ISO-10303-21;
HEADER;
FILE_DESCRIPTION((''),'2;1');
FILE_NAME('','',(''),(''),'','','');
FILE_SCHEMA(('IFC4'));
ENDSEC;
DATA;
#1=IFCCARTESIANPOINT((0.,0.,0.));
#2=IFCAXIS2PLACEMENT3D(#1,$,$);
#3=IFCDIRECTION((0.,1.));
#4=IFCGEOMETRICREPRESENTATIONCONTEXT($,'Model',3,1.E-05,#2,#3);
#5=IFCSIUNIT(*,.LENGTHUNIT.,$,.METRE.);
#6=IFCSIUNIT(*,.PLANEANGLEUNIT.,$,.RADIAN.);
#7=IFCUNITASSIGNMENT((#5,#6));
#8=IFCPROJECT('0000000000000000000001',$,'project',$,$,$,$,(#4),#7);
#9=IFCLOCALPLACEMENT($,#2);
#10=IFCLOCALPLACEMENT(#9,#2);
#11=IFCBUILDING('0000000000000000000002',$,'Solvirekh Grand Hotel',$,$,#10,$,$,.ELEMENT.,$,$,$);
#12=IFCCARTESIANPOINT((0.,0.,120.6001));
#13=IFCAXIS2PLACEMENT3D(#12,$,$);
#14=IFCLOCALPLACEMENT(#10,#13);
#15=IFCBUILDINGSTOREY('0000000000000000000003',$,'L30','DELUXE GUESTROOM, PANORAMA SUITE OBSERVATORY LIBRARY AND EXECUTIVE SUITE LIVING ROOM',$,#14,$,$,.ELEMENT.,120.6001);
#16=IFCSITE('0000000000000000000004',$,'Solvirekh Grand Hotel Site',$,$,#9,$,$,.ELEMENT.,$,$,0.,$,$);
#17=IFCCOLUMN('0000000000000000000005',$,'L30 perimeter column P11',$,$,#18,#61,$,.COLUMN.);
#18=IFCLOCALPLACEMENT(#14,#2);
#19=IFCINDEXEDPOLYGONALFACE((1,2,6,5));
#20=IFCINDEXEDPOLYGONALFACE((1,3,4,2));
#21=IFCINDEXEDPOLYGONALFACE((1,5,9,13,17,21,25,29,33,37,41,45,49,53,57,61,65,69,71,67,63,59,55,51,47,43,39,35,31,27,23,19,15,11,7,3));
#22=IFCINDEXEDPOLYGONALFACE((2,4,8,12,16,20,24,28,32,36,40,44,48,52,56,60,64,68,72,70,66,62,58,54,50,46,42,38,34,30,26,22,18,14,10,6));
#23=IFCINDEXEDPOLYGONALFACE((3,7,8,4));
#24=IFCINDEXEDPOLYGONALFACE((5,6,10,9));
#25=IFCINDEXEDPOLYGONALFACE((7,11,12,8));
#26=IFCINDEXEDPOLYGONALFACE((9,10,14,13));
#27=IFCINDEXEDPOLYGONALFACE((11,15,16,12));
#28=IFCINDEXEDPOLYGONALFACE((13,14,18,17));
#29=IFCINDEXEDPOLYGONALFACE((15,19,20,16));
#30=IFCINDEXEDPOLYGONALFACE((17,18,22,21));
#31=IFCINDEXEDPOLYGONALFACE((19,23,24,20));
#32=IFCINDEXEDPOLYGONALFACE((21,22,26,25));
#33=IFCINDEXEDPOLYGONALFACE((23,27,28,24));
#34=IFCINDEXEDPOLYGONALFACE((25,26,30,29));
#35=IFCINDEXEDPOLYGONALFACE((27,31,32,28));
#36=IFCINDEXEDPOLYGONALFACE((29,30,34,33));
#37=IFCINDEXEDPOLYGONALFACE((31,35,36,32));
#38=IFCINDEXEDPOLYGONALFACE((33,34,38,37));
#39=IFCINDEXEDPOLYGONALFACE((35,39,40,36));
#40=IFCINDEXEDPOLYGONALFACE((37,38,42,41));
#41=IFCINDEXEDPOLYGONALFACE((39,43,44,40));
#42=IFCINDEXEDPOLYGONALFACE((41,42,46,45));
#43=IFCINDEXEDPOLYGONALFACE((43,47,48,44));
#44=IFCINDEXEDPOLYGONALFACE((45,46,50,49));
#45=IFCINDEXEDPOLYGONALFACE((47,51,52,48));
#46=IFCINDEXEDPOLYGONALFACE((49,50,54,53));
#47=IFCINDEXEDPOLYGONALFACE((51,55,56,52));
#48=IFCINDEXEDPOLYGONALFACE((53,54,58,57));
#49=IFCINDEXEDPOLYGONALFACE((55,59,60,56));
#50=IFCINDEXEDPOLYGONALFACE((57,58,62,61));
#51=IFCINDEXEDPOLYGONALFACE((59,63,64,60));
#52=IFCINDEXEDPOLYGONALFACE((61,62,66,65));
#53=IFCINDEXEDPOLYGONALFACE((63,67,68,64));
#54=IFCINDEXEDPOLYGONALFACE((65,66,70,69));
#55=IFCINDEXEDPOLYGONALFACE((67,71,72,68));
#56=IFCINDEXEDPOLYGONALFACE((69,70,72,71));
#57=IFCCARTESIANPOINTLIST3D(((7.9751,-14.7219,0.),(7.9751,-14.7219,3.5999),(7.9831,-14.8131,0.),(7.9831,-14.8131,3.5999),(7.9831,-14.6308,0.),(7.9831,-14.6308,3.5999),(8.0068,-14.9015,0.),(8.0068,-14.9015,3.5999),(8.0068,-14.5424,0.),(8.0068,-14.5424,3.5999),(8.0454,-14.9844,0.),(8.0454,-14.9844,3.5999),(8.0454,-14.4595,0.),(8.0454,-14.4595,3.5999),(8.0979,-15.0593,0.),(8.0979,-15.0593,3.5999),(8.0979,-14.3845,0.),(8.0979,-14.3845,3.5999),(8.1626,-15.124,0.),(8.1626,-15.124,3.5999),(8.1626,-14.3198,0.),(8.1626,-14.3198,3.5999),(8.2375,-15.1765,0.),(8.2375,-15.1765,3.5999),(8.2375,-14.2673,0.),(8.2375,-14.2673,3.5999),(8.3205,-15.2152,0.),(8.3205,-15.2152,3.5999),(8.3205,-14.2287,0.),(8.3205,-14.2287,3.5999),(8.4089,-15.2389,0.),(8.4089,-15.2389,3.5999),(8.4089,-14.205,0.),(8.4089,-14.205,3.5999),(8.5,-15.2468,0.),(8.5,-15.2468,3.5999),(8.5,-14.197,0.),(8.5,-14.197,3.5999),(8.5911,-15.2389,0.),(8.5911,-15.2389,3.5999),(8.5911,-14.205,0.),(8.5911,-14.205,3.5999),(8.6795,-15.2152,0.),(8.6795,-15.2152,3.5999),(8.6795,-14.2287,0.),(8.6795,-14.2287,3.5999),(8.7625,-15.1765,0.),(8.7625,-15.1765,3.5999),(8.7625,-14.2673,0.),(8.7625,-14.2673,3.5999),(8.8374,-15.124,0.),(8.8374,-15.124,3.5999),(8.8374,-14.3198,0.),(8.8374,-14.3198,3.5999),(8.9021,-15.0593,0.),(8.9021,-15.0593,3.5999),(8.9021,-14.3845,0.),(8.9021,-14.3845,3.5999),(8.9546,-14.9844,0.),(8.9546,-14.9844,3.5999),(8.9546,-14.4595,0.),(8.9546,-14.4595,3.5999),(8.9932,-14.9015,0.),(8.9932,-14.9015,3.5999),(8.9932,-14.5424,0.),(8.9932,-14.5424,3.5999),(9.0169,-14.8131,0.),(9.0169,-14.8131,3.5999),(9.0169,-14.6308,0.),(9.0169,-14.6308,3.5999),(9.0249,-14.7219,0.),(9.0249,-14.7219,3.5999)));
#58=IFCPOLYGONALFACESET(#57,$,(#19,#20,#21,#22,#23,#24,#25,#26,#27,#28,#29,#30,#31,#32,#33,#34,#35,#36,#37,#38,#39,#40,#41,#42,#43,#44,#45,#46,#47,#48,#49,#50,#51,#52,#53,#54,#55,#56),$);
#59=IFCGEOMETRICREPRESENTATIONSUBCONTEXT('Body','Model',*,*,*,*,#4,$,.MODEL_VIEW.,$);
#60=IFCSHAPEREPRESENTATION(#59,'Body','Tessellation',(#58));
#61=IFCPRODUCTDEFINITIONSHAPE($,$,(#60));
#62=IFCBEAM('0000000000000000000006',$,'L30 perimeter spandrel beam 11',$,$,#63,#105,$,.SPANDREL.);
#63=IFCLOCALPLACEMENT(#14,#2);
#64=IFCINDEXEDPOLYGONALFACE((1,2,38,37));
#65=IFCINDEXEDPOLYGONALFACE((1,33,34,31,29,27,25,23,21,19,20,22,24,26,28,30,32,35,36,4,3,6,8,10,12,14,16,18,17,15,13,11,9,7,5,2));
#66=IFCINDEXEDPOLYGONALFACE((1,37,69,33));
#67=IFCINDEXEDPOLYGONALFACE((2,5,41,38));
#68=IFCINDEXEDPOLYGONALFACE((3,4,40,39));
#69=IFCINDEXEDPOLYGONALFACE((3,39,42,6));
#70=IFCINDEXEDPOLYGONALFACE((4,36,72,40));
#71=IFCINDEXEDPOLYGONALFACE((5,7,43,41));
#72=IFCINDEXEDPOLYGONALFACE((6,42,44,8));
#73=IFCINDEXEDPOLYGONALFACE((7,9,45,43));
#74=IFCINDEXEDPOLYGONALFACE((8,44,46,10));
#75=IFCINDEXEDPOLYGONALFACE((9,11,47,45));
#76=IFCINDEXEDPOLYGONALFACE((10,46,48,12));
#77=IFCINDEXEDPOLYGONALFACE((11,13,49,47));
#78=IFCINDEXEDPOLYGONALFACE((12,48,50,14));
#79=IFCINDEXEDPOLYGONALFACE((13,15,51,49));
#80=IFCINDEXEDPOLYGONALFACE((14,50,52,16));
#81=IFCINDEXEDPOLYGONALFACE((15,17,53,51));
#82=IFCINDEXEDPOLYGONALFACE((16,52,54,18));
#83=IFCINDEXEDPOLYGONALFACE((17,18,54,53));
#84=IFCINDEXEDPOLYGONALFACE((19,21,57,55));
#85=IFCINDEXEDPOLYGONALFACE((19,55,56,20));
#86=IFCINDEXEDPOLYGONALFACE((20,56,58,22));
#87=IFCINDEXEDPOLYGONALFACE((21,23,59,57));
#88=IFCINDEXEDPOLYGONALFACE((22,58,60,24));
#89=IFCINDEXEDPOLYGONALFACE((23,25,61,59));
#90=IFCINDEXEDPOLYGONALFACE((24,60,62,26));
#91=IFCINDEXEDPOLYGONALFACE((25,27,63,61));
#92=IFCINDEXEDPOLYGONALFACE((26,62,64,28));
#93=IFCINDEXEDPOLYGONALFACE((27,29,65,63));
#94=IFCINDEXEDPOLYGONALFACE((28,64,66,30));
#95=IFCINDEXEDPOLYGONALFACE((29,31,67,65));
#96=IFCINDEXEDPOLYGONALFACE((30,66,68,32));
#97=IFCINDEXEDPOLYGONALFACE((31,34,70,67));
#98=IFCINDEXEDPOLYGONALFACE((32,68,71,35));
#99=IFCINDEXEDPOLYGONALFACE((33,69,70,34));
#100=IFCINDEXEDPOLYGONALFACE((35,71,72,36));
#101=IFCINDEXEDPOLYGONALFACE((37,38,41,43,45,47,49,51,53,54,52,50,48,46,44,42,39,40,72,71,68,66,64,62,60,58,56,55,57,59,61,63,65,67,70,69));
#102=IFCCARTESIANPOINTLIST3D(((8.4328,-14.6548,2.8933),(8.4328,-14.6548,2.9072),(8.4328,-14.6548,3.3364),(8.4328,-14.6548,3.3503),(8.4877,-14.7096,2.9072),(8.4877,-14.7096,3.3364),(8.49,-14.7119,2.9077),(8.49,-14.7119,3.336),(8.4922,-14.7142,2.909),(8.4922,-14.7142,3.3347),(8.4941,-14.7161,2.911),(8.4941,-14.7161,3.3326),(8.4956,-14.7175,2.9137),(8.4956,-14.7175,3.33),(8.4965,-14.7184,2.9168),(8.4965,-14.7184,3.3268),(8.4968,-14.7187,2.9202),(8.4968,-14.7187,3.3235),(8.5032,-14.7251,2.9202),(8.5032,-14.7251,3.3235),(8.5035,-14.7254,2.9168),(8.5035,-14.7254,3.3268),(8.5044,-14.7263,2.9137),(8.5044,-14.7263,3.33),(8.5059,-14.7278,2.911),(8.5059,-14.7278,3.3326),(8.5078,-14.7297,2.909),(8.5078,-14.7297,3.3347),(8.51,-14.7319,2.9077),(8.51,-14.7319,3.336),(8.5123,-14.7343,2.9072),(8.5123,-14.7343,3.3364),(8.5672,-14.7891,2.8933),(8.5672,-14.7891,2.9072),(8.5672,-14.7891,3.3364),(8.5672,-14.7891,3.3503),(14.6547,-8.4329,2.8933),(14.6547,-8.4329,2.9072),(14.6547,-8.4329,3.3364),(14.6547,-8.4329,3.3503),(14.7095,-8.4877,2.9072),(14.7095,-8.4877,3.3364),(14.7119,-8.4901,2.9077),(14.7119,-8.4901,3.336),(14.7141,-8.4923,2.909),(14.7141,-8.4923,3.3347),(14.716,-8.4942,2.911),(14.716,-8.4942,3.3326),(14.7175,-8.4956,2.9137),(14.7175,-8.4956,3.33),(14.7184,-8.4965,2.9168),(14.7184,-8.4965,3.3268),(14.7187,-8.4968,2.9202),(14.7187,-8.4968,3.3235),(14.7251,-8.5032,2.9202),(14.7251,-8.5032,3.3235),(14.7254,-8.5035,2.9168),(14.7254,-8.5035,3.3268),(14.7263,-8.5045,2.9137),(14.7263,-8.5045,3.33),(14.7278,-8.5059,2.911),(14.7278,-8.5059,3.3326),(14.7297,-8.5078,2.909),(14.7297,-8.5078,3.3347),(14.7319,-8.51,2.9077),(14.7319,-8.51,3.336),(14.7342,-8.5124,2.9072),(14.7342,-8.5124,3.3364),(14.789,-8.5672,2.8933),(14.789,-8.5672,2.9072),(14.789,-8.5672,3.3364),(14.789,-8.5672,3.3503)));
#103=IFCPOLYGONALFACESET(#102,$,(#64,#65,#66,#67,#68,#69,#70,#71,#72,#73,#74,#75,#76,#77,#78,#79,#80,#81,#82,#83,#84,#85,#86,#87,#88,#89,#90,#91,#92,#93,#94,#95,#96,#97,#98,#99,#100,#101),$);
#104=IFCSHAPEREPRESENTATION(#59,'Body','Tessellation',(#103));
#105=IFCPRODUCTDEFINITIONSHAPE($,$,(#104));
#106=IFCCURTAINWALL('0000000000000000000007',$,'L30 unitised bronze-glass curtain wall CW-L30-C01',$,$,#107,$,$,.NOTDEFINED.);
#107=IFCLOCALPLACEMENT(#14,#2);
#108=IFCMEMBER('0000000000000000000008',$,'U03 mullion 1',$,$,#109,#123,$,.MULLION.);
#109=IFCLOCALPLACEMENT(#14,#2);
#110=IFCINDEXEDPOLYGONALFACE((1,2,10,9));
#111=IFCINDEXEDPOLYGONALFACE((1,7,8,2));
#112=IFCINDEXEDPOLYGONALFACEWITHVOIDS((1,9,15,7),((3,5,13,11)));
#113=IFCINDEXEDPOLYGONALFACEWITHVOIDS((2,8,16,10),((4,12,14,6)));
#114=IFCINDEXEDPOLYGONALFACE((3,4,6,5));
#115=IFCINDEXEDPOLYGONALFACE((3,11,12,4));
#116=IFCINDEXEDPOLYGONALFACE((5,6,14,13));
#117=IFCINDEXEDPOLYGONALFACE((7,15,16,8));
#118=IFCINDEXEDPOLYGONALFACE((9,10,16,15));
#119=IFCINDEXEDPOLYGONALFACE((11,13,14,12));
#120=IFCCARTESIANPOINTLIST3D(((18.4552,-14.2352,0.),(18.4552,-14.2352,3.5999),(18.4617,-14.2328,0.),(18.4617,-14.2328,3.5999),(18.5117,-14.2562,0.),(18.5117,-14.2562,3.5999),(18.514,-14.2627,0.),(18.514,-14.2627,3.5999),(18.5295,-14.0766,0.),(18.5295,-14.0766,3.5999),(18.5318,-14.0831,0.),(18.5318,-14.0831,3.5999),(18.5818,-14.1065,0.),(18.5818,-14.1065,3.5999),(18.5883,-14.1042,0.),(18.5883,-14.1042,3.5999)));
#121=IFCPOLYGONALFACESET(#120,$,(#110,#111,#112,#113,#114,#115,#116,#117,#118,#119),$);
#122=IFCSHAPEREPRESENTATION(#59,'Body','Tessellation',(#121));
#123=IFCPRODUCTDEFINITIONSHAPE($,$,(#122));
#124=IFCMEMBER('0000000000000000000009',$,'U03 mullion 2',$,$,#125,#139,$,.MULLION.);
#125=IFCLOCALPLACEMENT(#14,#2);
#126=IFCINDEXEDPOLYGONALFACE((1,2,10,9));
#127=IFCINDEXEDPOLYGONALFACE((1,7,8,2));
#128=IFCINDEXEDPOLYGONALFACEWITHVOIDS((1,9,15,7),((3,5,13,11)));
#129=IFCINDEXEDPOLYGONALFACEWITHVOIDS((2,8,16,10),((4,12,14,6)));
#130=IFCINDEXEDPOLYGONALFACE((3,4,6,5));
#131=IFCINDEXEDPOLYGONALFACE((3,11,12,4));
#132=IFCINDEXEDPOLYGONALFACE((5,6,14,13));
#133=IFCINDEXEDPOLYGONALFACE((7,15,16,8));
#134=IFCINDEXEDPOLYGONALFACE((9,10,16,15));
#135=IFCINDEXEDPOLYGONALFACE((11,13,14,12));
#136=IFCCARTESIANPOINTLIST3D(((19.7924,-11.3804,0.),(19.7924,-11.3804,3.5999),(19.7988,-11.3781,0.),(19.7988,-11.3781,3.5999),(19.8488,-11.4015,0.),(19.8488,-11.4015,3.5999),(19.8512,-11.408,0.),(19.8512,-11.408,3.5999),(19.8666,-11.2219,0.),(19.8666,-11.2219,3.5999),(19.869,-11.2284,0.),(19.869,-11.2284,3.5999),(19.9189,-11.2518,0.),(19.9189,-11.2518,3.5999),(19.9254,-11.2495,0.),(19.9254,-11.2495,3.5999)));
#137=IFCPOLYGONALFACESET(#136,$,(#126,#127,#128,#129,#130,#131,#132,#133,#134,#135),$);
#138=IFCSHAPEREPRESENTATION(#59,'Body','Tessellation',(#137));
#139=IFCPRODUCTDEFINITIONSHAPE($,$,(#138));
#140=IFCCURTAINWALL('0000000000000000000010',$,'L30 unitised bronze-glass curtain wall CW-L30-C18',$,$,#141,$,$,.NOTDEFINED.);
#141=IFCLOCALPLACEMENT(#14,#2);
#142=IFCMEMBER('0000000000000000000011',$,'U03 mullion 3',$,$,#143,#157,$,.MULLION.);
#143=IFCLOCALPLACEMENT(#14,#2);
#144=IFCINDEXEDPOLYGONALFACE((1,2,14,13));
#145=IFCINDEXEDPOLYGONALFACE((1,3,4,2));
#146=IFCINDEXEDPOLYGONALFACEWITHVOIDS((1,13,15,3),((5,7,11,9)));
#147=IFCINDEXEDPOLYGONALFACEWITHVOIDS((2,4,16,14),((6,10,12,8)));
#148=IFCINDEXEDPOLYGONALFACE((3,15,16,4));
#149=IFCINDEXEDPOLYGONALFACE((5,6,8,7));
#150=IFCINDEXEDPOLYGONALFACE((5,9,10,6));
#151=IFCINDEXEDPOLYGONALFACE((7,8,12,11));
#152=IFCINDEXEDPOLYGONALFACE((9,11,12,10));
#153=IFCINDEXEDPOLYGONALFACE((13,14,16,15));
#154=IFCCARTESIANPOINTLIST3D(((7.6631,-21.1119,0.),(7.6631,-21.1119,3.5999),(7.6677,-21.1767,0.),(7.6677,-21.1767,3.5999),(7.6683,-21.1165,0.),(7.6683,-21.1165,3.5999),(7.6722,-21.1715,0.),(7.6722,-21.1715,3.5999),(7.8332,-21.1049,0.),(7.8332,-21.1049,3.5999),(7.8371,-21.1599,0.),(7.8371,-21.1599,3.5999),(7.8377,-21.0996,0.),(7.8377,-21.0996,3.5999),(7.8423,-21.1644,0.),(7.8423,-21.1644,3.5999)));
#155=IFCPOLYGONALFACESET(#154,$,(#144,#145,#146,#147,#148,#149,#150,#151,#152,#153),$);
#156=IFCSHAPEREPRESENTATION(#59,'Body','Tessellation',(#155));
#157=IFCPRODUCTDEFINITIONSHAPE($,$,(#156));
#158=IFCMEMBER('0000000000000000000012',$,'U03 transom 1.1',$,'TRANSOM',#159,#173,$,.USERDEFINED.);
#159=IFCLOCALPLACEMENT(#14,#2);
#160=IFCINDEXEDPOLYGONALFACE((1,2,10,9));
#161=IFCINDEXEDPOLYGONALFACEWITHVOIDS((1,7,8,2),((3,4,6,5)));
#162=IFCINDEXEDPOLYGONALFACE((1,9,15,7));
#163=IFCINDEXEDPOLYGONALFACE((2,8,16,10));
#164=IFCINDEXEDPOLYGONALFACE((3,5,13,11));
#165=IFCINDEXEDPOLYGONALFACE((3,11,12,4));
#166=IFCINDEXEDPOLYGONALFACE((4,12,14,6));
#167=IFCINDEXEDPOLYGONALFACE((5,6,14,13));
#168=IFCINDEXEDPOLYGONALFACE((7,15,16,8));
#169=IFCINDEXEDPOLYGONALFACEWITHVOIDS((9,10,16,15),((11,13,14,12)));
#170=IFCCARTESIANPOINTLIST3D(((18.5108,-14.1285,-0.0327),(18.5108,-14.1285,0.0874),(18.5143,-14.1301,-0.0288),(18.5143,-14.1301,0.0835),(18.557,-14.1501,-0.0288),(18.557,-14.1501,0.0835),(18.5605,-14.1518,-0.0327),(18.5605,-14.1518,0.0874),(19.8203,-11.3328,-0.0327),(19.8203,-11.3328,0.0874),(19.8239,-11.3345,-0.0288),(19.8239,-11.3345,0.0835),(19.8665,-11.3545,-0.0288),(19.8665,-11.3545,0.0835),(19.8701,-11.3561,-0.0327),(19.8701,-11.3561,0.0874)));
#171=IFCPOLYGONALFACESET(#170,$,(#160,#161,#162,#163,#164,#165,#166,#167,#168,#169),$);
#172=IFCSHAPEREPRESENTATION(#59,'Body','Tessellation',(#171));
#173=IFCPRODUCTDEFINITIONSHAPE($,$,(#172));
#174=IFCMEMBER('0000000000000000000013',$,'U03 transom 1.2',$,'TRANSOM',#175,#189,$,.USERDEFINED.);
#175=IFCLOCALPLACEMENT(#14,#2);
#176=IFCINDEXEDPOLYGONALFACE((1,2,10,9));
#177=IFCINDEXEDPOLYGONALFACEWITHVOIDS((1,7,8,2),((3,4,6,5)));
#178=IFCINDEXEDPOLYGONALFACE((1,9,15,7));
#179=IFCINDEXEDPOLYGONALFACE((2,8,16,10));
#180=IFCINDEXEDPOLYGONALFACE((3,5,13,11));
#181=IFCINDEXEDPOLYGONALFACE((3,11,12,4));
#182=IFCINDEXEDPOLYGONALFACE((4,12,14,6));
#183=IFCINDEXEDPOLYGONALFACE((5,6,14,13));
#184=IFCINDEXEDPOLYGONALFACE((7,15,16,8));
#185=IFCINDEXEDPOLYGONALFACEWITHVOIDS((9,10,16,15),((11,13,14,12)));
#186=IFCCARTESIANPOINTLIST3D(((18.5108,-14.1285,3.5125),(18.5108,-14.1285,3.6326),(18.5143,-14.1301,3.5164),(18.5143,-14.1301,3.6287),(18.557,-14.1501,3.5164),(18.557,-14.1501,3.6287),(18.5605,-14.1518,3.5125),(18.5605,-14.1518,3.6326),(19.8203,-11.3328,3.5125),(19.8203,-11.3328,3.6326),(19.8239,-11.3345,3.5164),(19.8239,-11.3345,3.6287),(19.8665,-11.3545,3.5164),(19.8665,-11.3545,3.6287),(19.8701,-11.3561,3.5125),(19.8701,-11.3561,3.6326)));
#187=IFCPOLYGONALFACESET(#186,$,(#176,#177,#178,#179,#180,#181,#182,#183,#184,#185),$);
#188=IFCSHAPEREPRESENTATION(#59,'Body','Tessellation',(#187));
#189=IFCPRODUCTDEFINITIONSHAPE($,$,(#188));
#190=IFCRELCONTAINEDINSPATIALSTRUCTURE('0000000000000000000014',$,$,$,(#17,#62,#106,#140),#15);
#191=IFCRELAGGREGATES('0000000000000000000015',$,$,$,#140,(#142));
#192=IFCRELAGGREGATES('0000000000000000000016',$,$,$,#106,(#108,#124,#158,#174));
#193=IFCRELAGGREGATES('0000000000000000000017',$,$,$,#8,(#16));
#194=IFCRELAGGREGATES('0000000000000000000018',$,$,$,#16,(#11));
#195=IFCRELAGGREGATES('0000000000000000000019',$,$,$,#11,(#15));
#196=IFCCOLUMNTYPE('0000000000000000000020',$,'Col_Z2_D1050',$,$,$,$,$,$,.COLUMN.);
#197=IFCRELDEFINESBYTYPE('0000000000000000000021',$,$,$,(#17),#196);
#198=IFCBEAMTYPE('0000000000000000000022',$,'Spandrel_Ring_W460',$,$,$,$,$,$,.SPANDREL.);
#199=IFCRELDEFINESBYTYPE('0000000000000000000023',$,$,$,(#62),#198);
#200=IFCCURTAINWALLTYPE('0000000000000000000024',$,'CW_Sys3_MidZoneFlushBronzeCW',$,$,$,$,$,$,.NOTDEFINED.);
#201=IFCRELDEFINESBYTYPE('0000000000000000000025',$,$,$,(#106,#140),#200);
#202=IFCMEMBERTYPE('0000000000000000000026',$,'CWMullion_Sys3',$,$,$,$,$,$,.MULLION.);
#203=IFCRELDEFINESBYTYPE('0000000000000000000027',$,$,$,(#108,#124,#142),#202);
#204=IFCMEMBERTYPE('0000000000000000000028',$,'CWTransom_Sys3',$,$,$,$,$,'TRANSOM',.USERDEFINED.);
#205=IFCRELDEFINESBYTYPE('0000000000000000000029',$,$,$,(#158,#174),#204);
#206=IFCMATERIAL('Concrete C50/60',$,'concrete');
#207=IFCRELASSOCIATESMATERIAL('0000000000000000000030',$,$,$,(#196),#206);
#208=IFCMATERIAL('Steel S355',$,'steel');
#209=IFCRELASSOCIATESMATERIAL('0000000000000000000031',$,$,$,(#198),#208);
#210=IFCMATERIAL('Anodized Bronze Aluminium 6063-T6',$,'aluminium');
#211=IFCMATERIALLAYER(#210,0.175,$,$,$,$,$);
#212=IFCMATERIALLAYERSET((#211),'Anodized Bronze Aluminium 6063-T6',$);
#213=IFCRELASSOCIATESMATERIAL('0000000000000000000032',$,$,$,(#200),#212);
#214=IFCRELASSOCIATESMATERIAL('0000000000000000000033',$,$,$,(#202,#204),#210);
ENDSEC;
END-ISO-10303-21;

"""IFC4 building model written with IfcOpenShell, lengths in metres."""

from ifc_helpers import new_model, si_unit, direction, frame, origin, origin_2d, place, context, subcontext, project, spatial, hollow_rectangle, circle, i_section, extrude, source, transform, mapped, material, layer, layer_set, material_profile, profile_set, type_object, element, aggregate, save


model = new_model("IFC4")

# Units and contexts
model_context = context("Model", 3, precision=1e-05, world=origin(), true_north=direction((0.0, 1.0)))
body_context = subcontext(model_context, "Body", "Model", "MODEL_VIEW")
ifc_project = project(units=[si_unit("LENGTHUNIT", "METRE"), si_unit("PLANEANGLEUNIT", "RADIAN")], contexts=[model_context])

# Site, building, storey
site_placement = place(None, origin())
site = spatial("IfcSite", under=ifc_project, at=site_placement, Name="Solvirekh Grand Hotel Site", CompositionType="ELEMENT", RefElevation=0.0)
building_placement = place(site_placement, origin())
building = spatial("IfcBuilding", under=site, at=building_placement, Name="Solvirekh Grand Hotel", CompositionType="ELEMENT")
storey_placement = place(building_placement, frame((0.0, 0.0, 120.6001)))
storey = spatial("IfcBuildingStorey", under=building, at=storey_placement, Name="L30", Description="DELUXE GUESTROOM, PANORAMA SUITE OBSERVATORY LIBRARY AND EXECUTIVE SUITE LIVING ROOM", CompositionType="ELEMENT", Elevation=120.6001)

# Column
ifc_material_1 = material(Name="Concrete C50/60", Category="concrete")
ifc_material_profile_1 = material_profile(ifc_material_1, circle(Radius=0.5249, at=origin_2d()), Name="RC CIRC D1050")
ifc_profile_set_1 = profile_set([ifc_material_profile_1], Name="Concrete C50/60")
column_type = type_object("IfcColumnType", Name="Col_Z2_D1050", PredefinedType="COLUMN", material=ifc_profile_set_1)
column_placement = place(storey_placement, frame((8.5, -14.7219, 0.0), z_axis=(0.0, 0.0, 1.0), x_axis=(1.0, 0.0, 0.0)))
element("IfcColumn", 1, at=column_placement, inside=storey, type_object=column_type, Name="L30 perimeter column P11", PredefinedType="COLUMN", context=body_context, shape_type="SweptSolid", body=[
    extrude(circle(Radius=0.5249, at=origin_2d()), origin(), (0.0, 0.0, 1.0), 3.5999),
])

# Beam
ifc_material_2 = material(Name="Steel S355", Category="steel")
ifc_material_profile_2 = material_profile(ifc_material_2, i_section(OverallWidth=0.1899, OverallDepth=0.457, WebThickness=0.009, FlangeThickness=0.0139, FilletRadius=0.0129, at=origin_2d()), Name="W460X74")
ifc_profile_set_2 = profile_set([ifc_material_profile_2], Name="Steel S355")
beam_type = type_object("IfcBeamType", Name="Spandrel_Ring_W460", PredefinedType="SPANDREL", material=ifc_profile_set_2)
beam_placement = place(storey_placement, frame((8.5, -14.7219, 3.1218), z_axis=(0.707107, 0.707107, 0.0), x_axis=(-0.707107, 0.707107, 0.0)))
element("IfcBeam", 2, at=beam_placement, inside=storey, type_object=beam_type, Name="L30 perimeter spandrel beam 11", PredefinedType="SPANDREL", context=body_context, shape_type="SweptSolid", body=[
    extrude(i_section(OverallWidth=0.1899, OverallDepth=0.457, WebThickness=0.009, FlangeThickness=0.0139, FilletRadius=0.0129, at=origin_2d()), origin(), (0.0, 0.0, 1.0), 8.7991),
])

# Curtain wall, members
ifc_material_3 = material(Name="Anodized Bronze Aluminium 6063-T6", Category="aluminium")
ifc_layer_1 = layer(ifc_material_3, 0.175)
ifc_layer_set_1 = layer_set([ifc_layer_1], Name="Anodized Bronze Aluminium 6063-T6")
curtain_wall_type = type_object("IfcCurtainWallType", Name="CW_Sys3_MidZoneFlushBronzeCW", PredefinedType="NOTDEFINED", material=ifc_layer_set_1)
curtain_wall_1_placement = place(storey_placement, origin())
curtain_wall_1 = element("IfcCurtainWall", 3, at=curtain_wall_1_placement, inside=storey, type_object=curtain_wall_type, Name="L30 unitised bronze-glass curtain wall CW-L30-C01", PredefinedType="NOTDEFINED")
ifc_material_profile_3 = material_profile(ifc_material_3, hollow_rectangle(XDim=0.0649, YDim=0.175, WallThickness=0.0049, at=origin_2d()), Name="ALU RHS 175X65X5")
ifc_profile_set_3 = profile_set([ifc_material_profile_3], Name="Anodized Bronze Aluminium 6063-T6")
member_type_1 = type_object("IfcMemberType", Name="CWMullion_Sys3", PredefinedType="MULLION", material=ifc_profile_set_3)
shared_shape_1 = source(origin(), body_context, "Body", "SweptSolid", [
    extrude(hollow_rectangle(XDim=0.0649, YDim=0.175, WallThickness=0.0049, at=origin_2d()), origin(), (0.0, 0.0, 1.0), 3.5999),
])
member_1_placement = place(storey_placement, frame((18.5217, -14.1697, 0.0), z_axis=(0.0, 0.0, 1.0), x_axis=(-0.905564, 0.424209, 0.0)))
member_1 = element("IfcMember", 4, at=member_1_placement, type_object=member_type_1, Name="U03 mullion 1", PredefinedType="MULLION", context=body_context, shape_type="MappedRepresentation", body=[
    mapped(shared_shape_1, transform((0.0, 0.0, 0.0), x_axis=(1.0, 0.0, 0.0), y_axis=(0.0, 1.0, 0.0), z_axis=(0.0, 0.0, 1.0), scale=1.0)),
])
member_2_placement = place(storey_placement, frame((19.8589, -11.3149, 0.0), z_axis=(0.0, 0.0, 1.0), x_axis=(-0.905564, 0.424209, 0.0)))
member_2 = element("IfcMember", 5, at=member_2_placement, type_object=member_type_1, Name="U03 mullion 2", PredefinedType="MULLION", context=body_context, shape_type="MappedRepresentation", body=[
    mapped(shared_shape_1, transform((0.0, 0.0, 0.0), x_axis=(1.0, 0.0, 0.0), y_axis=(0.0, 1.0, 0.0), z_axis=(0.0, 0.0, 1.0), scale=1.0)),
])

# Curtain wall, member
curtain_wall_2_placement = place(storey_placement, origin())
curtain_wall_2 = element("IfcCurtainWall", 6, at=curtain_wall_2_placement, inside=storey, type_object=curtain_wall_type, Name="L30 unitised bronze-glass curtain wall CW-L30-C18", PredefinedType="NOTDEFINED")
member_3_placement = place(storey_placement, frame((7.7527, -21.1382, 0.0), z_axis=(0.0, 0.0, 1.0), x_axis=(-0.070251, 0.997529, 0.0)))
member_3 = element("IfcMember", 7, at=member_3_placement, type_object=member_type_1, Name="U03 mullion 3", PredefinedType="MULLION", context=body_context, shape_type="MappedRepresentation", body=[
    mapped(shared_shape_1, transform((0.0, 0.0, 0.0), x_axis=(1.0, 0.0, 0.0), y_axis=(0.0, 1.0, 0.0), z_axis=(0.0, 0.0, 1.0), scale=1.0)),
])
aggregate(curtain_wall_2, [member_3])

# Members
ifc_material_profile_4 = material_profile(ifc_material_3, hollow_rectangle(XDim=0.0549, YDim=0.1201, WallThickness=0.0039, at=origin_2d()), Name="ALU RHS 120X55X4")
ifc_profile_set_4 = profile_set([ifc_material_profile_4], Name="Anodized Bronze Aluminium 6063-T6")
member_type_2 = type_object("IfcMemberType", Name="CWTransom_Sys3", ElementType="TRANSOM", PredefinedType="USERDEFINED", material=ifc_profile_set_4)
shared_shape_2 = source(origin(), body_context, "Body", "SweptSolid", [
    extrude(hollow_rectangle(XDim=0.0549, YDim=0.1201, WallThickness=0.0039, at=origin_2d()), origin(), (0.0, 0.0, 1.0), 3.0872),
])
member_4_placement = place(storey_placement, frame((18.5356, -14.1401, 0.0273), z_axis=(0.424197, 0.90557, 0.0), x_axis=(-0.90557, 0.424197, 0.0)))
member_4 = element("IfcMember", 8, at=member_4_placement, type_object=member_type_2, Name="U03 transom 1.1", ObjectType="TRANSOM", PredefinedType="USERDEFINED", context=body_context, shape_type="MappedRepresentation", body=[
    mapped(shared_shape_2, transform((0.0, 0.0, 0.0), x_axis=(1.0, 0.0, 0.0), y_axis=(0.0, 1.0, 0.0), z_axis=(0.0, 0.0, 1.0), scale=1.0)),
])
member_5_placement = place(storey_placement, frame((18.5356, -14.1401, 3.5725), z_axis=(0.424197, 0.90557, 0.0), x_axis=(-0.90557, 0.424197, 0.0)))
member_5 = element("IfcMember", 9, at=member_5_placement, type_object=member_type_2, Name="U03 transom 1.2", ObjectType="TRANSOM", PredefinedType="USERDEFINED", context=body_context, shape_type="MappedRepresentation", body=[
    mapped(shared_shape_2, transform((0.0, 0.0, 0.0), x_axis=(1.0, 0.0, 0.0), y_axis=(0.0, 1.0, 0.0), z_axis=(0.0, 0.0, 1.0), scale=1.0)),
])

aggregate(curtain_wall_1, [member_1, member_2, member_4, member_5])

save(model, "model.ifc")
